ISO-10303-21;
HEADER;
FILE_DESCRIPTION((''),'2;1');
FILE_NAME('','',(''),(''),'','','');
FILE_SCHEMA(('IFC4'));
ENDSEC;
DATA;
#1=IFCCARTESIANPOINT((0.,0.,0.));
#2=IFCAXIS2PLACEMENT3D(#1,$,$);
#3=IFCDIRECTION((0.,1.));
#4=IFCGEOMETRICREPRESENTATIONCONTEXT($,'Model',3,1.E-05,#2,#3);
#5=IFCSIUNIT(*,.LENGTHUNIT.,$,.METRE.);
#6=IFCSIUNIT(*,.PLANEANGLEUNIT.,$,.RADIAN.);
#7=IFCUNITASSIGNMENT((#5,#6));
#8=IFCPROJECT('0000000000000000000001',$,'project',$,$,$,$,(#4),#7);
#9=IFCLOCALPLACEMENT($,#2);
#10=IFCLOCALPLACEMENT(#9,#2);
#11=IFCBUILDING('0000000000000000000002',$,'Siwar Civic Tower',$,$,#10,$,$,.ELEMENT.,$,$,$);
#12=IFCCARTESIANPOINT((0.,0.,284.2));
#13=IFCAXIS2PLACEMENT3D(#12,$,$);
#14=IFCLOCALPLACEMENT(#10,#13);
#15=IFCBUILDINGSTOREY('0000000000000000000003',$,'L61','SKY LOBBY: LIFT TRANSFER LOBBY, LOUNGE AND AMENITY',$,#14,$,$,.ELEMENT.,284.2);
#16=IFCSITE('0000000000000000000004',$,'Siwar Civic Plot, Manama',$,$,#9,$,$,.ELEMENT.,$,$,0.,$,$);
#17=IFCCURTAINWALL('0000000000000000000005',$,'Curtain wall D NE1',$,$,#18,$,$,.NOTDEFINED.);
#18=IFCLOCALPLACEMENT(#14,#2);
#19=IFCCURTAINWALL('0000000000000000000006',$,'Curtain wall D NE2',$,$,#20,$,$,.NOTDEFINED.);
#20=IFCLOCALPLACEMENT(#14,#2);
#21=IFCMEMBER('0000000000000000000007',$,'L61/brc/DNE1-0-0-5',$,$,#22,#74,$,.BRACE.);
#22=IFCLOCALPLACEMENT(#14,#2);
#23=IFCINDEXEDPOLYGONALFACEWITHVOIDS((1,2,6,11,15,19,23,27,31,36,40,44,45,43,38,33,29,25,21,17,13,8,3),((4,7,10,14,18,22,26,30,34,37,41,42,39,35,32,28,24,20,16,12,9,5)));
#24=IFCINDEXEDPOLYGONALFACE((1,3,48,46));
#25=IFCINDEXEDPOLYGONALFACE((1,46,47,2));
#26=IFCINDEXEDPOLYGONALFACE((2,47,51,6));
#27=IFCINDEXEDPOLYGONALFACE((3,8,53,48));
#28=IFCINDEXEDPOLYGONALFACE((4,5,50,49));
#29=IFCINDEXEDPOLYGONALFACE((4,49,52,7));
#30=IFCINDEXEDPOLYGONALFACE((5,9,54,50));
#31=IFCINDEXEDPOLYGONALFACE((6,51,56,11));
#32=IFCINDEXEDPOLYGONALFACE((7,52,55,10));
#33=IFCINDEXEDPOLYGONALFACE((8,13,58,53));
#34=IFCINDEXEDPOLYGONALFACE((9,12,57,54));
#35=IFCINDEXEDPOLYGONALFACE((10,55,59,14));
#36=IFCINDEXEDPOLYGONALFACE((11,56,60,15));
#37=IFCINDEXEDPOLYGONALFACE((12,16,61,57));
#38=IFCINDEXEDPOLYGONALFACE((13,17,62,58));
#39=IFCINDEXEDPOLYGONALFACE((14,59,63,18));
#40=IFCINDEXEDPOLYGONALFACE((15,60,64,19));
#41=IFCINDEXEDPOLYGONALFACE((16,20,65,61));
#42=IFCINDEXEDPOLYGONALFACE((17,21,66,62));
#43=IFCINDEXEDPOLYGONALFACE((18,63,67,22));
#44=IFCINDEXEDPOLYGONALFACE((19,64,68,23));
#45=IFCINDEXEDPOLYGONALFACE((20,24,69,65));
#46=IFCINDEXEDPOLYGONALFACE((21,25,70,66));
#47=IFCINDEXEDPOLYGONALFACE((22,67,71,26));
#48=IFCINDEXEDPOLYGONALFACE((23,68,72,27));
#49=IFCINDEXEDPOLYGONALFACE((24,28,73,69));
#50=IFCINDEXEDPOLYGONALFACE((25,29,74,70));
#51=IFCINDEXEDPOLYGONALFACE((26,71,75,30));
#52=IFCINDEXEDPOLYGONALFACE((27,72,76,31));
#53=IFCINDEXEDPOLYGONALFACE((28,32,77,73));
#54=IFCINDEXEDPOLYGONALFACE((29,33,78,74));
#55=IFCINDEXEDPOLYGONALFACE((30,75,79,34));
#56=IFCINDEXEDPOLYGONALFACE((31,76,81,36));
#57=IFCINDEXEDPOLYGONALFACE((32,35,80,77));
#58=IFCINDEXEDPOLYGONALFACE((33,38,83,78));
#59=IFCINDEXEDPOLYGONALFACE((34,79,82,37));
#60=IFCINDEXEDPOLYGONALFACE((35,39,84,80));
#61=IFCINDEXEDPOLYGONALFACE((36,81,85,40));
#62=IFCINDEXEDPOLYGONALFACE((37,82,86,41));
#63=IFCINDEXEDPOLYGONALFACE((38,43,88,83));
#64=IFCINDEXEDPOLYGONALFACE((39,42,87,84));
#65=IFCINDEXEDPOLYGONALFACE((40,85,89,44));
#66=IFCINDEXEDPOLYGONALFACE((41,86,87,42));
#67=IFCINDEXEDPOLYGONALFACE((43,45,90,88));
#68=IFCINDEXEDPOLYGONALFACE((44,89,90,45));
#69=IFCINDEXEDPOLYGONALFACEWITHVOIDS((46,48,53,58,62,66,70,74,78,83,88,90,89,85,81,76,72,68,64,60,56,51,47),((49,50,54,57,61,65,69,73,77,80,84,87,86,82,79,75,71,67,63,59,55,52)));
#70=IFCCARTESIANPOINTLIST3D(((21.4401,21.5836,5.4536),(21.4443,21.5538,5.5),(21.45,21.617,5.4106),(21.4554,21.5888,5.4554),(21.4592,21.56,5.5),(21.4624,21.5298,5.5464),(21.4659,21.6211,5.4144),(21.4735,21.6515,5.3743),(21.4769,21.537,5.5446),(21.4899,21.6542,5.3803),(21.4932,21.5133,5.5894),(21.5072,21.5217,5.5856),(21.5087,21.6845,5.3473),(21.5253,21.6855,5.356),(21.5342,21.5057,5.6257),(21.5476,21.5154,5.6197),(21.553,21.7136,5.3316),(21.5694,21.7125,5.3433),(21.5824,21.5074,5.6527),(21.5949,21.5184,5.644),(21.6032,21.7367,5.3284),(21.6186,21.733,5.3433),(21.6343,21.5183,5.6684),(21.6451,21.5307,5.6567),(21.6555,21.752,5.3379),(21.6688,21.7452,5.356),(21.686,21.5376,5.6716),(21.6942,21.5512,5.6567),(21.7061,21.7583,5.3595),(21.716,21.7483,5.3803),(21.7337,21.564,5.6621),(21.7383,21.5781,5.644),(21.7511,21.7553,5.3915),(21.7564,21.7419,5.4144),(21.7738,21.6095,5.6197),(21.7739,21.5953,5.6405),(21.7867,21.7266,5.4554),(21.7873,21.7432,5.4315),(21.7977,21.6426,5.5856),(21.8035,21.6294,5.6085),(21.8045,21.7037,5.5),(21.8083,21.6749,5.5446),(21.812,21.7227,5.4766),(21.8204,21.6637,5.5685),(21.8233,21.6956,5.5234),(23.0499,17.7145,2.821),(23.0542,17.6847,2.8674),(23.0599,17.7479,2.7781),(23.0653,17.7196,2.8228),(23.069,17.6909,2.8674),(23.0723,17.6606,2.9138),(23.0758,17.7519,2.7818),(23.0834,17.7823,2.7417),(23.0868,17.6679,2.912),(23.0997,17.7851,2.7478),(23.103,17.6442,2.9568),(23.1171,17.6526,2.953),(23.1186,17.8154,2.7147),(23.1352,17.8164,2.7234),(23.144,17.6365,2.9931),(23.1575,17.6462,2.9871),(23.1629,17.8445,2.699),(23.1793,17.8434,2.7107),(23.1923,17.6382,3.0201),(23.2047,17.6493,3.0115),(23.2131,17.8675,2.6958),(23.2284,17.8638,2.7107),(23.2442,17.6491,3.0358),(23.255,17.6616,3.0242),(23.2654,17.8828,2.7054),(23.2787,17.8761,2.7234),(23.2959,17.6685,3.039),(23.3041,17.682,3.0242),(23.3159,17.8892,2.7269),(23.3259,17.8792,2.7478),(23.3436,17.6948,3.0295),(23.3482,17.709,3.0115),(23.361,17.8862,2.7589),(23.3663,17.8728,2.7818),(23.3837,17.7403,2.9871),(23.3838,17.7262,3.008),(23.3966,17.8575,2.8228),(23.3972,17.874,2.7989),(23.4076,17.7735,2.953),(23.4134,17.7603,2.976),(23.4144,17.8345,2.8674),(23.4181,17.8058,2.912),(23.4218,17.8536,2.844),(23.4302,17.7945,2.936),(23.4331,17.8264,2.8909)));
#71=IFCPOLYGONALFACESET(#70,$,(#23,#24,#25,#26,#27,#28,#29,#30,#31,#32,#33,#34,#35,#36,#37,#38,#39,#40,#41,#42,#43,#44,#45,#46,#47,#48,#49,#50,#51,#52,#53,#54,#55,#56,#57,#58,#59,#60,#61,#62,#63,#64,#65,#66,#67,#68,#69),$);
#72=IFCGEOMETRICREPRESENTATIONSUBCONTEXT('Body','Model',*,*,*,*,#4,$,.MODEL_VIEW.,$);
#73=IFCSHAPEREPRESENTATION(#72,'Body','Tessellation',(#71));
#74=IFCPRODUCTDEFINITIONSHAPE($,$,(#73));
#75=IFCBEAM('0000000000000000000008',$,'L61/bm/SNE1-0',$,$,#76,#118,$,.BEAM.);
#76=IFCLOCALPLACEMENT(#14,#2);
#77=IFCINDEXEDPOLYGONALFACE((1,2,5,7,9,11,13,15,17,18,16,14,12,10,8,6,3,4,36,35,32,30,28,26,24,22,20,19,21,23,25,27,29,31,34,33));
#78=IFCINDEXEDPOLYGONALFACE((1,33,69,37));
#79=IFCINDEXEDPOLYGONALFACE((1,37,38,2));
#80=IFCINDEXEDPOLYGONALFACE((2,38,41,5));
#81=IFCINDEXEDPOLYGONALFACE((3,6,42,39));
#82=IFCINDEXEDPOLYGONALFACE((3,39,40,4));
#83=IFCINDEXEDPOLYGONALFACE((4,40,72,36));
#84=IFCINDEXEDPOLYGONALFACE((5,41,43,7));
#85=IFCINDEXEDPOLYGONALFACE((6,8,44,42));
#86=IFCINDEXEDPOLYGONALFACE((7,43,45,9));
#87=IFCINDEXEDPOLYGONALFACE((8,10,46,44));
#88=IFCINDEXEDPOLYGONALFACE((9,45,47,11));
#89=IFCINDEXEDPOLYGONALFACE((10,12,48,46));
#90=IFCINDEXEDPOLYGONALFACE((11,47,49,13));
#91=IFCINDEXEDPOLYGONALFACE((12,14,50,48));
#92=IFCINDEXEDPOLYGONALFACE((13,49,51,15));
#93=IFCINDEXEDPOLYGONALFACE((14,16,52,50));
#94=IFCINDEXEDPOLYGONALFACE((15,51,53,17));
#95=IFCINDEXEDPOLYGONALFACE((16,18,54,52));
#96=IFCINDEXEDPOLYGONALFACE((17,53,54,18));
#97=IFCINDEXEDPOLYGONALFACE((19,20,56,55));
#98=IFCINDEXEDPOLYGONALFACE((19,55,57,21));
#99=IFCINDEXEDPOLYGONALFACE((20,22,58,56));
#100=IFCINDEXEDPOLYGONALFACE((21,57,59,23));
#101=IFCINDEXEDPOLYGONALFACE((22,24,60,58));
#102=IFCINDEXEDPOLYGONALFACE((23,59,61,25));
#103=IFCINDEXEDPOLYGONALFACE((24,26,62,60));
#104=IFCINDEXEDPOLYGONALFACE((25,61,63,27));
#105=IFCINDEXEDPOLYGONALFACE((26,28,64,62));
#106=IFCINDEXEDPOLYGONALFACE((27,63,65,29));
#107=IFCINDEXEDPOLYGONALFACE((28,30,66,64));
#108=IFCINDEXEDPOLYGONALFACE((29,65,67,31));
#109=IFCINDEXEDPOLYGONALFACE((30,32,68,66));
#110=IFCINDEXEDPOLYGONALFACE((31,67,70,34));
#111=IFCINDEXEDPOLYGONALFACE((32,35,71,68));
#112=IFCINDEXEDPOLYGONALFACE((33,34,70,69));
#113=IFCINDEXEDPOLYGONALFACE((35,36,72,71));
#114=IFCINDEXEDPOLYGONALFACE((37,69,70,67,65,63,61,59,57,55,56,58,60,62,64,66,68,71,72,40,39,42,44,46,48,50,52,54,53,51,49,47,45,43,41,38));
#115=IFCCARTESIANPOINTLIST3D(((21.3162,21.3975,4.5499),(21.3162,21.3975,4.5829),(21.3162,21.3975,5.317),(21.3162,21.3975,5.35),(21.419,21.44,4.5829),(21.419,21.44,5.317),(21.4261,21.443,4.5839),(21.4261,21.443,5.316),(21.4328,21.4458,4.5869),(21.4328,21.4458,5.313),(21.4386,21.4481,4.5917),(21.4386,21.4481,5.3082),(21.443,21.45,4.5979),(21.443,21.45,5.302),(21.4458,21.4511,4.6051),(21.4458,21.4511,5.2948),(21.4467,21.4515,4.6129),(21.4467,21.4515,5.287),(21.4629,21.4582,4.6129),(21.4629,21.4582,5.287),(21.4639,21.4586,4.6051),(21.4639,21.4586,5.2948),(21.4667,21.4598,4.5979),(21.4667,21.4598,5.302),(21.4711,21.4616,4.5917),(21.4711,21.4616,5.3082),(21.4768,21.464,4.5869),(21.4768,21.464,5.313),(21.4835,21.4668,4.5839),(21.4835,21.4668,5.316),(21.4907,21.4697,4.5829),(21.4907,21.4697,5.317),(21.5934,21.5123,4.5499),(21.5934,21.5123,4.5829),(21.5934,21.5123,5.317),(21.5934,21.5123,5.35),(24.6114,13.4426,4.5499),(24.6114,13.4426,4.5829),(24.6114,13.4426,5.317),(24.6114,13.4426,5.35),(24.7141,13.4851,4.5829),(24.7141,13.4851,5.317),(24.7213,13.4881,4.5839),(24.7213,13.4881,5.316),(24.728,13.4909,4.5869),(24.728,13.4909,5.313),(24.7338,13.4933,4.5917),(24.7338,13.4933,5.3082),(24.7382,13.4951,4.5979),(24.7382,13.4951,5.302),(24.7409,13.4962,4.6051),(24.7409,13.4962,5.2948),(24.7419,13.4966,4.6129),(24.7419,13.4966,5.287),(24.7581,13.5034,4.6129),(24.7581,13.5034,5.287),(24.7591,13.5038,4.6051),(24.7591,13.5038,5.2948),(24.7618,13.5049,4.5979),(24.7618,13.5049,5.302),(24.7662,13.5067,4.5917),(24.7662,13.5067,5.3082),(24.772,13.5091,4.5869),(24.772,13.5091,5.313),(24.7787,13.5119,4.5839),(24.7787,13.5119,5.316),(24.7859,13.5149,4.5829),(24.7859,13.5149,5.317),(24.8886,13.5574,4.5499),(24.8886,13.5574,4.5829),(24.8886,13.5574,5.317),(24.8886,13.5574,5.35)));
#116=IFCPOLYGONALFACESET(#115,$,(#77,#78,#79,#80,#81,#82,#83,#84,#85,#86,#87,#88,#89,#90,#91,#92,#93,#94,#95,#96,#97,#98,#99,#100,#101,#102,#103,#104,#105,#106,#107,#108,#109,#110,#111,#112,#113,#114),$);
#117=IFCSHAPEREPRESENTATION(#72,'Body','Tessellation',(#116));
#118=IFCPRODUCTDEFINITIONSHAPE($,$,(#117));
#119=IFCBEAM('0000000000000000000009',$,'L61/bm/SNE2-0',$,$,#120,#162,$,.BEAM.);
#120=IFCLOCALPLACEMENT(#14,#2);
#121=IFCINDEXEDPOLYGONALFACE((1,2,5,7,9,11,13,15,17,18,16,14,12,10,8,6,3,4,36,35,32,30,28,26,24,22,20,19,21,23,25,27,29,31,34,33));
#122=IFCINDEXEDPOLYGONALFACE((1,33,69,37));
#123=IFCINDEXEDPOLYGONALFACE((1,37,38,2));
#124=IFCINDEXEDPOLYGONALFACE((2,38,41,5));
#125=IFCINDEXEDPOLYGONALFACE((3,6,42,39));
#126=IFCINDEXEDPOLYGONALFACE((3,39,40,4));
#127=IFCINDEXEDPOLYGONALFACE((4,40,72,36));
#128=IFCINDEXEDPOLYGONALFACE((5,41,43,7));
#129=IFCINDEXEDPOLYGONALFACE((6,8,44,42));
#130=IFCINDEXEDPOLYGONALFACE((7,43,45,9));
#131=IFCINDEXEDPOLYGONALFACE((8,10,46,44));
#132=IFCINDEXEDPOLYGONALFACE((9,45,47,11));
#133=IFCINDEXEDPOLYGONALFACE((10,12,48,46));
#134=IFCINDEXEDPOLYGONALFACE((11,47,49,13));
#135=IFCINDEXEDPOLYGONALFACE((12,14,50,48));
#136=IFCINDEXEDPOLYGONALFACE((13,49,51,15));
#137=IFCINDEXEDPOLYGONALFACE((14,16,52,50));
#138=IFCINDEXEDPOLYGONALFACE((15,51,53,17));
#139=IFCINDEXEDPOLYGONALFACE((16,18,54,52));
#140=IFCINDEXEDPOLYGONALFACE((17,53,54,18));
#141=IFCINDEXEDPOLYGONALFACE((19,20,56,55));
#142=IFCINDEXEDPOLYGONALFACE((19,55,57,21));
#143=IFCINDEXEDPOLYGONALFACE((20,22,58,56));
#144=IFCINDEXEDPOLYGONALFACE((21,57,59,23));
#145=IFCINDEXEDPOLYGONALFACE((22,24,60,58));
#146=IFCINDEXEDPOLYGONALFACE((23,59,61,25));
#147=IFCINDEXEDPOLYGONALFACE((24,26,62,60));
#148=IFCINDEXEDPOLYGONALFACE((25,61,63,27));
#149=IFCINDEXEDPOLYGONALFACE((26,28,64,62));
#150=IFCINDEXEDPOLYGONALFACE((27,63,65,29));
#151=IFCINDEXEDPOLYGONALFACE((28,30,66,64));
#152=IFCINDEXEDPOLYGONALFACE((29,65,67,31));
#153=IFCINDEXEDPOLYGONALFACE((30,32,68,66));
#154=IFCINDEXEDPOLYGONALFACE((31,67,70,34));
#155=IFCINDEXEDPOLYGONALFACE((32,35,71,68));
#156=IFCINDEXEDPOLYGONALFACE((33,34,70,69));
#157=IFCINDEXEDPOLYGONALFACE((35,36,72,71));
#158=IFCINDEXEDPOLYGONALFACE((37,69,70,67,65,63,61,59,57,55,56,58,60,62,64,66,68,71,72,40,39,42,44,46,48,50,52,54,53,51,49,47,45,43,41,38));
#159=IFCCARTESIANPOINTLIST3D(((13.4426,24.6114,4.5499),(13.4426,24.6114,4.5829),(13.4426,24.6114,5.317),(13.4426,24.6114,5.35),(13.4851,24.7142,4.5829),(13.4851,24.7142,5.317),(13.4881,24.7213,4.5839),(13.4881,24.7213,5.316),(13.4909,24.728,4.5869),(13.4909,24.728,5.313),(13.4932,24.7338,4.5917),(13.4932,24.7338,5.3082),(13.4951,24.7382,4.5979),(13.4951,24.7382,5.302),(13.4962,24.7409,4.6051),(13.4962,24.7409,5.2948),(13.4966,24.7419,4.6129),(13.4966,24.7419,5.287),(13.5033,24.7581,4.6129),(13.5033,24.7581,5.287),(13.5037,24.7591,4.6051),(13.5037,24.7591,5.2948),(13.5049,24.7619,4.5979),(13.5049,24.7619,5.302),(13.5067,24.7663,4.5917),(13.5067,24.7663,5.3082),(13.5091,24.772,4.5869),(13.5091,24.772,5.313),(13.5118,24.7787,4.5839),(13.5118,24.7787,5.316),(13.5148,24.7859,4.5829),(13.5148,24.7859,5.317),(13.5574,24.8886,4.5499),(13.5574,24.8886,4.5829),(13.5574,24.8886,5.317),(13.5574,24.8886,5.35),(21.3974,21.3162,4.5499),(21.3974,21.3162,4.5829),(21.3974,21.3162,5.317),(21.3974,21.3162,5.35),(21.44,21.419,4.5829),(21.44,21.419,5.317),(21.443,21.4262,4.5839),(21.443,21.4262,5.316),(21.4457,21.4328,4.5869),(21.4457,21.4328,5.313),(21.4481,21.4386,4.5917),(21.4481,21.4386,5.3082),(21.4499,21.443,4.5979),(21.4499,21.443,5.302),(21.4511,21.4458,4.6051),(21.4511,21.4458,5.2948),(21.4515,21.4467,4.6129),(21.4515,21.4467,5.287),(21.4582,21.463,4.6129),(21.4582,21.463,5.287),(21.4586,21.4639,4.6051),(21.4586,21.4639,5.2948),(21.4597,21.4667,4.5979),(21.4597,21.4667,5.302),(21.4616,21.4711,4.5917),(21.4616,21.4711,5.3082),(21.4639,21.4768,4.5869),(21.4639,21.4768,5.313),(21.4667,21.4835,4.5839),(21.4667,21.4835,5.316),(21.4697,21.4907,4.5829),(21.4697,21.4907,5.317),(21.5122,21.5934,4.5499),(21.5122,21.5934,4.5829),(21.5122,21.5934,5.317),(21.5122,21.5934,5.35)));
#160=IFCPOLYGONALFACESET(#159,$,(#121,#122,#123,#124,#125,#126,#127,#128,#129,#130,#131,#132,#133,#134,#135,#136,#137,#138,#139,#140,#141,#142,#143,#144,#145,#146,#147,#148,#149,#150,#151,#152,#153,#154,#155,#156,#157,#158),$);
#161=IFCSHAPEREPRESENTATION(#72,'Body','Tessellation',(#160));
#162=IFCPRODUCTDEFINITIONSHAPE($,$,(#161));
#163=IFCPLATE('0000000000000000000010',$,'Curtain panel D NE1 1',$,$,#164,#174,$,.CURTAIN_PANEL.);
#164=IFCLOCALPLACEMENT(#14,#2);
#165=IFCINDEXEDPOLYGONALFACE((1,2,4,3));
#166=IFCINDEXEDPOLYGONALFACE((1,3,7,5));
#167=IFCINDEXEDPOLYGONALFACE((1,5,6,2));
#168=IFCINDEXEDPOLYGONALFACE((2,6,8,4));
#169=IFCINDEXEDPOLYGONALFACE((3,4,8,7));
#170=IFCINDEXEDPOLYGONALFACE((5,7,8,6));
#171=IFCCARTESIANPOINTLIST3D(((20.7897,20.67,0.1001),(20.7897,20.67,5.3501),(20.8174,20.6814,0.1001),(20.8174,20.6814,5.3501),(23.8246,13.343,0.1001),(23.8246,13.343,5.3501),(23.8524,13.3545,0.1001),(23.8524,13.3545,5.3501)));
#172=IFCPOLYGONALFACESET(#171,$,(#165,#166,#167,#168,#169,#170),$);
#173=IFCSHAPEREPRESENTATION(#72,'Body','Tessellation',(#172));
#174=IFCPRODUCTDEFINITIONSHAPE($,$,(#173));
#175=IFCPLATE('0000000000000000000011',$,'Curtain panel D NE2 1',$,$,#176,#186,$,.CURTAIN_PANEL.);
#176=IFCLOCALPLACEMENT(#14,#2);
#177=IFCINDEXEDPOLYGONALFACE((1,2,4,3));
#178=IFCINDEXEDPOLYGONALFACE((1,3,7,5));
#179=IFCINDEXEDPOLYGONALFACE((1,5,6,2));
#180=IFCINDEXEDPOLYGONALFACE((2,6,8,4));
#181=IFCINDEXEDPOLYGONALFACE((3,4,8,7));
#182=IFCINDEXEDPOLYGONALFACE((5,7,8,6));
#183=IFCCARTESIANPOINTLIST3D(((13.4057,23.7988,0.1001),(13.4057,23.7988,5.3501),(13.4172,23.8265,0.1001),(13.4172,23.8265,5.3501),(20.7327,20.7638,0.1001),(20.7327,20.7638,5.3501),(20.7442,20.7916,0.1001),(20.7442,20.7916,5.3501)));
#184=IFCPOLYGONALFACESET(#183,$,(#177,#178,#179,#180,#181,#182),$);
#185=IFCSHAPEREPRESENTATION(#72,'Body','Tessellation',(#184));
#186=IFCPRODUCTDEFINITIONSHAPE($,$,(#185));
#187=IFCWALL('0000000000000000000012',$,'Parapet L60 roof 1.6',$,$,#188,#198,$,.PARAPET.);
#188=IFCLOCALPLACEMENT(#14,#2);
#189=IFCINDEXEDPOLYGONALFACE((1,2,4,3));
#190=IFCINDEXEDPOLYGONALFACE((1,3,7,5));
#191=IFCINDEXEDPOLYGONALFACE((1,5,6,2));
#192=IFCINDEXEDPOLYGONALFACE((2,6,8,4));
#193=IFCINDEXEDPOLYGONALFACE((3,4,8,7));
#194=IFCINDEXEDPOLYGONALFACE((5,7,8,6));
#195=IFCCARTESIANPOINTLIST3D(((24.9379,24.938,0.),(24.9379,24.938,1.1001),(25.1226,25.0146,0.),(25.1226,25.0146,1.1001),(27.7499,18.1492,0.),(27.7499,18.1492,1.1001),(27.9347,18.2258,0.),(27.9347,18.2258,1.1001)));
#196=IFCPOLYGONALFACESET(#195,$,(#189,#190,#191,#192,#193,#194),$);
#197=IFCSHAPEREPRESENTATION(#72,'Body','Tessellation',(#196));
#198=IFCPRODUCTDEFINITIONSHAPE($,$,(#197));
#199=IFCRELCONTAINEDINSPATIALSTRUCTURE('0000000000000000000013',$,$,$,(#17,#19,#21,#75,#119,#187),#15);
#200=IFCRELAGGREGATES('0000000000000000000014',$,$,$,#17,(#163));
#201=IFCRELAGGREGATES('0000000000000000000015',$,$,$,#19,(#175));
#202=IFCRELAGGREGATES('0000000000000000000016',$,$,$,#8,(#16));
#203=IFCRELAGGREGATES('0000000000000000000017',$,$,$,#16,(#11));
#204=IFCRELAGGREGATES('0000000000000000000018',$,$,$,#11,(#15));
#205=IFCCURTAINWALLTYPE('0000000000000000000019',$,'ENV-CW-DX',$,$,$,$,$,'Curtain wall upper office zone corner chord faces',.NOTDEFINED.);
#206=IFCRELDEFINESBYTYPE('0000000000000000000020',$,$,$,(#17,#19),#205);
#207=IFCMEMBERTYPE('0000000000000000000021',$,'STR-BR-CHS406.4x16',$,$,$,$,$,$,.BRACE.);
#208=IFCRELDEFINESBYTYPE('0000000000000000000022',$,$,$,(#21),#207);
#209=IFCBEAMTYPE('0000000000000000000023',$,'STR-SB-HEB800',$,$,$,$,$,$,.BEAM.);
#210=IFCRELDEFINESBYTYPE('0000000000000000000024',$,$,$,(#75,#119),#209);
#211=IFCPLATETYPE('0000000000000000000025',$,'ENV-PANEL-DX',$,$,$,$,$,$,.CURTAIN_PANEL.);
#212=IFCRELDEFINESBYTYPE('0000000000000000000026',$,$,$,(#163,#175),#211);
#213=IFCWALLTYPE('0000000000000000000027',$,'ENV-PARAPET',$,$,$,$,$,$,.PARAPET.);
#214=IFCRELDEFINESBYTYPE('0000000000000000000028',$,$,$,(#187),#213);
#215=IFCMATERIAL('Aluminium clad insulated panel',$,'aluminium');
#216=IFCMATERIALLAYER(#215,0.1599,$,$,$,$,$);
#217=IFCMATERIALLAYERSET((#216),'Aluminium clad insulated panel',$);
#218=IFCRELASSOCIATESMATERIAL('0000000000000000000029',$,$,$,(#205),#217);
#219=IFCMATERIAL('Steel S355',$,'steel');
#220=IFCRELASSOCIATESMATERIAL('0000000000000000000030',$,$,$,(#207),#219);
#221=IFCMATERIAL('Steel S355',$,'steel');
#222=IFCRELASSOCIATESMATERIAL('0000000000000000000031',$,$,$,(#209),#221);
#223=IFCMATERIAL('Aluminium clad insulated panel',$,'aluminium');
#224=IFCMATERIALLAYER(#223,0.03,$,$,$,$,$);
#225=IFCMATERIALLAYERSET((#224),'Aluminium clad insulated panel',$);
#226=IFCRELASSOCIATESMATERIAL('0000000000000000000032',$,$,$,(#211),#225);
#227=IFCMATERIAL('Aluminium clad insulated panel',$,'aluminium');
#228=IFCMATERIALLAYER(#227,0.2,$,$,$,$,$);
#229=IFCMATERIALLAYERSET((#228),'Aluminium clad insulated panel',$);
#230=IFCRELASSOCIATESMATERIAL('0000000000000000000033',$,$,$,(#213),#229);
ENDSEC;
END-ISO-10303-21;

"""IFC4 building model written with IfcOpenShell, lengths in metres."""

from ifc_helpers import new_model, si_unit, direction, frame, frame_2d, origin, origin_2d, place, context, subcontext, project, spatial, rectangle, hollow_circle, i_section, extrude, material, layer, layer_set, material_profile, profile_set, type_object, element, aggregate, save


model = new_model("IFC4")

# Units and contexts
model_context = context("Model", 3, precision=1e-05, world=origin(), true_north=direction((0.0, 1.0)))
body_context = subcontext(model_context, "Body", "Model", "MODEL_VIEW")
ifc_project = project(units=[si_unit("LENGTHUNIT", "METRE"), si_unit("PLANEANGLEUNIT", "RADIAN")], contexts=[model_context])

# Site, building, storey
site_placement = place(None, origin())
site = spatial("IfcSite", under=ifc_project, at=site_placement, Name="Siwar Civic Plot, Manama", CompositionType="ELEMENT", RefElevation=0.0)
building_placement = place(site_placement, origin())
building = spatial("IfcBuilding", under=site, at=building_placement, Name="Siwar Civic Tower", CompositionType="ELEMENT")
storey_placement = place(building_placement, frame((0.0, 0.0, 284.2)))
storey = spatial("IfcBuildingStorey", under=building, at=storey_placement, Name="L61", Description="SKY LOBBY: LIFT TRANSFER LOBBY, LOUNGE AND AMENITY", CompositionType="ELEMENT", Elevation=284.2)

# Curtain walls
ifc_material_1 = material(Name="Aluminium clad insulated panel", Category="aluminium")
ifc_layer_1 = layer(ifc_material_1, 0.1599)
ifc_layer_set_1 = layer_set([ifc_layer_1], Name="Aluminium clad insulated panel")
curtain_wall_type = type_object("IfcCurtainWallType", Name="ENV-CW-DX", ElementType="Curtain wall upper office zone corner chord faces", PredefinedType="NOTDEFINED", material=ifc_layer_set_1)
curtain_wall_1_placement = place(storey_placement, origin())
curtain_wall_1 = element("IfcCurtainWall", 1, at=curtain_wall_1_placement, inside=storey, type_object=curtain_wall_type, Name="Curtain wall D NE1", PredefinedType="NOTDEFINED")
curtain_wall_2_placement = place(storey_placement, origin())
curtain_wall_2 = element("IfcCurtainWall", 2, at=curtain_wall_2_placement, inside=storey, type_object=curtain_wall_type, Name="Curtain wall D NE2", PredefinedType="NOTDEFINED")

# Member
ifc_material_2 = material(Name="Steel S355", Category="steel")
ifc_material_profile_1 = material_profile(ifc_material_2, hollow_circle(Radius=0.2031, WallThickness=0.0161, at=origin_2d()), Name="CHS406.4x16")
ifc_profile_set_1 = profile_set([ifc_material_profile_1], Name="Steel S355")
member_type_1 = type_object("IfcMemberType", Name="STR-BR-CHS406.4x16", PredefinedType="BRACE", material=ifc_profile_set_1)
for number, where, z_axis, x_axis, name in (
    (3, (23.2417, 17.7627, 2.8674), (-0.325292, 0.781807, 0.531942), (-0.92327, -0.384152, 0.0), "L61/brc/DNE1-0-0-5"),
):
    element("IfcMember", number, at=place(storey_placement, frame(where, z_axis=z_axis, x_axis=x_axis)), inside=storey, type_object=member_type_1, Name=name, PredefinedType="BRACE", context=body_context, shape_type="SweptSolid", body=[
        extrude(hollow_circle(Radius=0.2031, WallThickness=0.0161, at=origin_2d()), origin(), (0.0, 0.0, 1.0), 4.949),
    ])

# Beams
ifc_material_3 = material(Name="Steel S355", Category="steel")
ifc_material_profile_2 = material_profile(ifc_material_3, i_section(OverallWidth=0.3, OverallDepth=0.8, WebThickness=0.0176, FlangeThickness=0.033, FilletRadius=0.03, at=origin_2d()), Name="HEB800")
ifc_profile_set_2 = profile_set([ifc_material_profile_2], Name="Steel S355")
beam_type = type_object("IfcBeamType", Name="STR-SB-HEB800", PredefinedType="BEAM", material=ifc_profile_set_2)
for number, where, z_axis, x_axis, name in (
    (4, (24.75, 13.5, 4.95), (-0.3827, 0.923873, 0.0), (-0.923873, -0.3827, 0.0), "L61/bm/SNE1-0"),
    (5, (21.4548, 21.4548, 4.95), (-0.923873, 0.3827, 0.0), (-0.3827, -0.923873, 0.0), "L61/bm/SNE2-0"),
):
    element("IfcBeam", number, at=place(storey_placement, frame(where, z_axis=z_axis, x_axis=x_axis)), inside=storey, type_object=beam_type, Name=name, PredefinedType="BEAM", context=body_context, shape_type="SweptSolid", body=[
        extrude(i_section(OverallWidth=0.3, OverallDepth=0.8, WebThickness=0.0176, FlangeThickness=0.033, FilletRadius=0.03, at=origin_2d()), origin(), (0.0, 0.0, 1.0), 8.6104),
    ])

# Plates
ifc_material_4 = material(Name="Aluminium clad insulated panel", Category="aluminium")
ifc_layer_2 = layer(ifc_material_4, 0.03)
ifc_layer_set_2 = layer_set([ifc_layer_2], Name="Aluminium clad insulated panel")
plate_type = type_object("IfcPlateType", Name="ENV-PANEL-DX", PredefinedType="CURTAIN_PANEL", material=ifc_layer_set_2)
plate_1_placement = place(storey_placement, frame((22.321, 17.0122, 0.1001), z_axis=(0.0, 0.0, 1.0), x_axis=(-0.382683, 0.92388, 0.0)))
plate_1 = element("IfcPlate", 6, at=plate_1_placement, type_object=plate_type, Name="Curtain panel D NE1 1", PredefinedType="CURTAIN_PANEL", context=body_context, shape_type="SweptSolid", body=[
    extrude(rectangle(XDim=7.9307, YDim=0.03, at=origin_2d()), origin(), (0.0, 0.0, 1.0), 5.25),
])
aggregate(curtain_wall_1, [plate_1])
plate_2_placement = place(storey_placement, frame((17.075, 22.2952, 0.1001), z_axis=(0.0, 0.0, 1.0), x_axis=(-0.92388, 0.382683, 0.0)))
plate_2 = element("IfcPlate", 7, at=plate_2_placement, type_object=plate_type, Name="Curtain panel D NE2 1", PredefinedType="CURTAIN_PANEL", context=body_context, shape_type="SweptSolid", body=[
    extrude(rectangle(XDim=7.9307, YDim=0.03, at=origin_2d()), origin(), (0.0, 0.0, 1.0), 5.25),
])
aggregate(curtain_wall_2, [plate_2])

# Wall
ifc_material_5 = material(Name="Aluminium clad insulated panel", Category="aluminium")
ifc_layer_3 = layer(ifc_material_5, 0.2)
ifc_layer_set_3 = layer_set([ifc_layer_3], Name="Aluminium clad insulated panel")
wall_type = type_object("IfcWallType", Name="ENV-PARAPET", PredefinedType="PARAPET", material=ifc_layer_set_3)
for number, where, z_axis, x_axis, name in (
    (8, (27.8423, 18.1875, 0.0), (0.0, 0.0, 1.0), (-0.382682, 0.92388, 0.0), "Parapet L60 roof 1.6"),
):
    element("IfcWall", number, at=place(storey_placement, frame(where, z_axis=z_axis, x_axis=x_axis)), inside=storey, type_object=wall_type, Name=name, PredefinedType="PARAPET", context=body_context, shape_type="SweptSolid", body=[
        extrude(rectangle(XDim=7.3481, YDim=0.2, at=frame_2d((3.6741, 0.0))), origin(), (0.0, 0.0, 1.0), 1.1001),
    ])

save(model, "model.ifc")
